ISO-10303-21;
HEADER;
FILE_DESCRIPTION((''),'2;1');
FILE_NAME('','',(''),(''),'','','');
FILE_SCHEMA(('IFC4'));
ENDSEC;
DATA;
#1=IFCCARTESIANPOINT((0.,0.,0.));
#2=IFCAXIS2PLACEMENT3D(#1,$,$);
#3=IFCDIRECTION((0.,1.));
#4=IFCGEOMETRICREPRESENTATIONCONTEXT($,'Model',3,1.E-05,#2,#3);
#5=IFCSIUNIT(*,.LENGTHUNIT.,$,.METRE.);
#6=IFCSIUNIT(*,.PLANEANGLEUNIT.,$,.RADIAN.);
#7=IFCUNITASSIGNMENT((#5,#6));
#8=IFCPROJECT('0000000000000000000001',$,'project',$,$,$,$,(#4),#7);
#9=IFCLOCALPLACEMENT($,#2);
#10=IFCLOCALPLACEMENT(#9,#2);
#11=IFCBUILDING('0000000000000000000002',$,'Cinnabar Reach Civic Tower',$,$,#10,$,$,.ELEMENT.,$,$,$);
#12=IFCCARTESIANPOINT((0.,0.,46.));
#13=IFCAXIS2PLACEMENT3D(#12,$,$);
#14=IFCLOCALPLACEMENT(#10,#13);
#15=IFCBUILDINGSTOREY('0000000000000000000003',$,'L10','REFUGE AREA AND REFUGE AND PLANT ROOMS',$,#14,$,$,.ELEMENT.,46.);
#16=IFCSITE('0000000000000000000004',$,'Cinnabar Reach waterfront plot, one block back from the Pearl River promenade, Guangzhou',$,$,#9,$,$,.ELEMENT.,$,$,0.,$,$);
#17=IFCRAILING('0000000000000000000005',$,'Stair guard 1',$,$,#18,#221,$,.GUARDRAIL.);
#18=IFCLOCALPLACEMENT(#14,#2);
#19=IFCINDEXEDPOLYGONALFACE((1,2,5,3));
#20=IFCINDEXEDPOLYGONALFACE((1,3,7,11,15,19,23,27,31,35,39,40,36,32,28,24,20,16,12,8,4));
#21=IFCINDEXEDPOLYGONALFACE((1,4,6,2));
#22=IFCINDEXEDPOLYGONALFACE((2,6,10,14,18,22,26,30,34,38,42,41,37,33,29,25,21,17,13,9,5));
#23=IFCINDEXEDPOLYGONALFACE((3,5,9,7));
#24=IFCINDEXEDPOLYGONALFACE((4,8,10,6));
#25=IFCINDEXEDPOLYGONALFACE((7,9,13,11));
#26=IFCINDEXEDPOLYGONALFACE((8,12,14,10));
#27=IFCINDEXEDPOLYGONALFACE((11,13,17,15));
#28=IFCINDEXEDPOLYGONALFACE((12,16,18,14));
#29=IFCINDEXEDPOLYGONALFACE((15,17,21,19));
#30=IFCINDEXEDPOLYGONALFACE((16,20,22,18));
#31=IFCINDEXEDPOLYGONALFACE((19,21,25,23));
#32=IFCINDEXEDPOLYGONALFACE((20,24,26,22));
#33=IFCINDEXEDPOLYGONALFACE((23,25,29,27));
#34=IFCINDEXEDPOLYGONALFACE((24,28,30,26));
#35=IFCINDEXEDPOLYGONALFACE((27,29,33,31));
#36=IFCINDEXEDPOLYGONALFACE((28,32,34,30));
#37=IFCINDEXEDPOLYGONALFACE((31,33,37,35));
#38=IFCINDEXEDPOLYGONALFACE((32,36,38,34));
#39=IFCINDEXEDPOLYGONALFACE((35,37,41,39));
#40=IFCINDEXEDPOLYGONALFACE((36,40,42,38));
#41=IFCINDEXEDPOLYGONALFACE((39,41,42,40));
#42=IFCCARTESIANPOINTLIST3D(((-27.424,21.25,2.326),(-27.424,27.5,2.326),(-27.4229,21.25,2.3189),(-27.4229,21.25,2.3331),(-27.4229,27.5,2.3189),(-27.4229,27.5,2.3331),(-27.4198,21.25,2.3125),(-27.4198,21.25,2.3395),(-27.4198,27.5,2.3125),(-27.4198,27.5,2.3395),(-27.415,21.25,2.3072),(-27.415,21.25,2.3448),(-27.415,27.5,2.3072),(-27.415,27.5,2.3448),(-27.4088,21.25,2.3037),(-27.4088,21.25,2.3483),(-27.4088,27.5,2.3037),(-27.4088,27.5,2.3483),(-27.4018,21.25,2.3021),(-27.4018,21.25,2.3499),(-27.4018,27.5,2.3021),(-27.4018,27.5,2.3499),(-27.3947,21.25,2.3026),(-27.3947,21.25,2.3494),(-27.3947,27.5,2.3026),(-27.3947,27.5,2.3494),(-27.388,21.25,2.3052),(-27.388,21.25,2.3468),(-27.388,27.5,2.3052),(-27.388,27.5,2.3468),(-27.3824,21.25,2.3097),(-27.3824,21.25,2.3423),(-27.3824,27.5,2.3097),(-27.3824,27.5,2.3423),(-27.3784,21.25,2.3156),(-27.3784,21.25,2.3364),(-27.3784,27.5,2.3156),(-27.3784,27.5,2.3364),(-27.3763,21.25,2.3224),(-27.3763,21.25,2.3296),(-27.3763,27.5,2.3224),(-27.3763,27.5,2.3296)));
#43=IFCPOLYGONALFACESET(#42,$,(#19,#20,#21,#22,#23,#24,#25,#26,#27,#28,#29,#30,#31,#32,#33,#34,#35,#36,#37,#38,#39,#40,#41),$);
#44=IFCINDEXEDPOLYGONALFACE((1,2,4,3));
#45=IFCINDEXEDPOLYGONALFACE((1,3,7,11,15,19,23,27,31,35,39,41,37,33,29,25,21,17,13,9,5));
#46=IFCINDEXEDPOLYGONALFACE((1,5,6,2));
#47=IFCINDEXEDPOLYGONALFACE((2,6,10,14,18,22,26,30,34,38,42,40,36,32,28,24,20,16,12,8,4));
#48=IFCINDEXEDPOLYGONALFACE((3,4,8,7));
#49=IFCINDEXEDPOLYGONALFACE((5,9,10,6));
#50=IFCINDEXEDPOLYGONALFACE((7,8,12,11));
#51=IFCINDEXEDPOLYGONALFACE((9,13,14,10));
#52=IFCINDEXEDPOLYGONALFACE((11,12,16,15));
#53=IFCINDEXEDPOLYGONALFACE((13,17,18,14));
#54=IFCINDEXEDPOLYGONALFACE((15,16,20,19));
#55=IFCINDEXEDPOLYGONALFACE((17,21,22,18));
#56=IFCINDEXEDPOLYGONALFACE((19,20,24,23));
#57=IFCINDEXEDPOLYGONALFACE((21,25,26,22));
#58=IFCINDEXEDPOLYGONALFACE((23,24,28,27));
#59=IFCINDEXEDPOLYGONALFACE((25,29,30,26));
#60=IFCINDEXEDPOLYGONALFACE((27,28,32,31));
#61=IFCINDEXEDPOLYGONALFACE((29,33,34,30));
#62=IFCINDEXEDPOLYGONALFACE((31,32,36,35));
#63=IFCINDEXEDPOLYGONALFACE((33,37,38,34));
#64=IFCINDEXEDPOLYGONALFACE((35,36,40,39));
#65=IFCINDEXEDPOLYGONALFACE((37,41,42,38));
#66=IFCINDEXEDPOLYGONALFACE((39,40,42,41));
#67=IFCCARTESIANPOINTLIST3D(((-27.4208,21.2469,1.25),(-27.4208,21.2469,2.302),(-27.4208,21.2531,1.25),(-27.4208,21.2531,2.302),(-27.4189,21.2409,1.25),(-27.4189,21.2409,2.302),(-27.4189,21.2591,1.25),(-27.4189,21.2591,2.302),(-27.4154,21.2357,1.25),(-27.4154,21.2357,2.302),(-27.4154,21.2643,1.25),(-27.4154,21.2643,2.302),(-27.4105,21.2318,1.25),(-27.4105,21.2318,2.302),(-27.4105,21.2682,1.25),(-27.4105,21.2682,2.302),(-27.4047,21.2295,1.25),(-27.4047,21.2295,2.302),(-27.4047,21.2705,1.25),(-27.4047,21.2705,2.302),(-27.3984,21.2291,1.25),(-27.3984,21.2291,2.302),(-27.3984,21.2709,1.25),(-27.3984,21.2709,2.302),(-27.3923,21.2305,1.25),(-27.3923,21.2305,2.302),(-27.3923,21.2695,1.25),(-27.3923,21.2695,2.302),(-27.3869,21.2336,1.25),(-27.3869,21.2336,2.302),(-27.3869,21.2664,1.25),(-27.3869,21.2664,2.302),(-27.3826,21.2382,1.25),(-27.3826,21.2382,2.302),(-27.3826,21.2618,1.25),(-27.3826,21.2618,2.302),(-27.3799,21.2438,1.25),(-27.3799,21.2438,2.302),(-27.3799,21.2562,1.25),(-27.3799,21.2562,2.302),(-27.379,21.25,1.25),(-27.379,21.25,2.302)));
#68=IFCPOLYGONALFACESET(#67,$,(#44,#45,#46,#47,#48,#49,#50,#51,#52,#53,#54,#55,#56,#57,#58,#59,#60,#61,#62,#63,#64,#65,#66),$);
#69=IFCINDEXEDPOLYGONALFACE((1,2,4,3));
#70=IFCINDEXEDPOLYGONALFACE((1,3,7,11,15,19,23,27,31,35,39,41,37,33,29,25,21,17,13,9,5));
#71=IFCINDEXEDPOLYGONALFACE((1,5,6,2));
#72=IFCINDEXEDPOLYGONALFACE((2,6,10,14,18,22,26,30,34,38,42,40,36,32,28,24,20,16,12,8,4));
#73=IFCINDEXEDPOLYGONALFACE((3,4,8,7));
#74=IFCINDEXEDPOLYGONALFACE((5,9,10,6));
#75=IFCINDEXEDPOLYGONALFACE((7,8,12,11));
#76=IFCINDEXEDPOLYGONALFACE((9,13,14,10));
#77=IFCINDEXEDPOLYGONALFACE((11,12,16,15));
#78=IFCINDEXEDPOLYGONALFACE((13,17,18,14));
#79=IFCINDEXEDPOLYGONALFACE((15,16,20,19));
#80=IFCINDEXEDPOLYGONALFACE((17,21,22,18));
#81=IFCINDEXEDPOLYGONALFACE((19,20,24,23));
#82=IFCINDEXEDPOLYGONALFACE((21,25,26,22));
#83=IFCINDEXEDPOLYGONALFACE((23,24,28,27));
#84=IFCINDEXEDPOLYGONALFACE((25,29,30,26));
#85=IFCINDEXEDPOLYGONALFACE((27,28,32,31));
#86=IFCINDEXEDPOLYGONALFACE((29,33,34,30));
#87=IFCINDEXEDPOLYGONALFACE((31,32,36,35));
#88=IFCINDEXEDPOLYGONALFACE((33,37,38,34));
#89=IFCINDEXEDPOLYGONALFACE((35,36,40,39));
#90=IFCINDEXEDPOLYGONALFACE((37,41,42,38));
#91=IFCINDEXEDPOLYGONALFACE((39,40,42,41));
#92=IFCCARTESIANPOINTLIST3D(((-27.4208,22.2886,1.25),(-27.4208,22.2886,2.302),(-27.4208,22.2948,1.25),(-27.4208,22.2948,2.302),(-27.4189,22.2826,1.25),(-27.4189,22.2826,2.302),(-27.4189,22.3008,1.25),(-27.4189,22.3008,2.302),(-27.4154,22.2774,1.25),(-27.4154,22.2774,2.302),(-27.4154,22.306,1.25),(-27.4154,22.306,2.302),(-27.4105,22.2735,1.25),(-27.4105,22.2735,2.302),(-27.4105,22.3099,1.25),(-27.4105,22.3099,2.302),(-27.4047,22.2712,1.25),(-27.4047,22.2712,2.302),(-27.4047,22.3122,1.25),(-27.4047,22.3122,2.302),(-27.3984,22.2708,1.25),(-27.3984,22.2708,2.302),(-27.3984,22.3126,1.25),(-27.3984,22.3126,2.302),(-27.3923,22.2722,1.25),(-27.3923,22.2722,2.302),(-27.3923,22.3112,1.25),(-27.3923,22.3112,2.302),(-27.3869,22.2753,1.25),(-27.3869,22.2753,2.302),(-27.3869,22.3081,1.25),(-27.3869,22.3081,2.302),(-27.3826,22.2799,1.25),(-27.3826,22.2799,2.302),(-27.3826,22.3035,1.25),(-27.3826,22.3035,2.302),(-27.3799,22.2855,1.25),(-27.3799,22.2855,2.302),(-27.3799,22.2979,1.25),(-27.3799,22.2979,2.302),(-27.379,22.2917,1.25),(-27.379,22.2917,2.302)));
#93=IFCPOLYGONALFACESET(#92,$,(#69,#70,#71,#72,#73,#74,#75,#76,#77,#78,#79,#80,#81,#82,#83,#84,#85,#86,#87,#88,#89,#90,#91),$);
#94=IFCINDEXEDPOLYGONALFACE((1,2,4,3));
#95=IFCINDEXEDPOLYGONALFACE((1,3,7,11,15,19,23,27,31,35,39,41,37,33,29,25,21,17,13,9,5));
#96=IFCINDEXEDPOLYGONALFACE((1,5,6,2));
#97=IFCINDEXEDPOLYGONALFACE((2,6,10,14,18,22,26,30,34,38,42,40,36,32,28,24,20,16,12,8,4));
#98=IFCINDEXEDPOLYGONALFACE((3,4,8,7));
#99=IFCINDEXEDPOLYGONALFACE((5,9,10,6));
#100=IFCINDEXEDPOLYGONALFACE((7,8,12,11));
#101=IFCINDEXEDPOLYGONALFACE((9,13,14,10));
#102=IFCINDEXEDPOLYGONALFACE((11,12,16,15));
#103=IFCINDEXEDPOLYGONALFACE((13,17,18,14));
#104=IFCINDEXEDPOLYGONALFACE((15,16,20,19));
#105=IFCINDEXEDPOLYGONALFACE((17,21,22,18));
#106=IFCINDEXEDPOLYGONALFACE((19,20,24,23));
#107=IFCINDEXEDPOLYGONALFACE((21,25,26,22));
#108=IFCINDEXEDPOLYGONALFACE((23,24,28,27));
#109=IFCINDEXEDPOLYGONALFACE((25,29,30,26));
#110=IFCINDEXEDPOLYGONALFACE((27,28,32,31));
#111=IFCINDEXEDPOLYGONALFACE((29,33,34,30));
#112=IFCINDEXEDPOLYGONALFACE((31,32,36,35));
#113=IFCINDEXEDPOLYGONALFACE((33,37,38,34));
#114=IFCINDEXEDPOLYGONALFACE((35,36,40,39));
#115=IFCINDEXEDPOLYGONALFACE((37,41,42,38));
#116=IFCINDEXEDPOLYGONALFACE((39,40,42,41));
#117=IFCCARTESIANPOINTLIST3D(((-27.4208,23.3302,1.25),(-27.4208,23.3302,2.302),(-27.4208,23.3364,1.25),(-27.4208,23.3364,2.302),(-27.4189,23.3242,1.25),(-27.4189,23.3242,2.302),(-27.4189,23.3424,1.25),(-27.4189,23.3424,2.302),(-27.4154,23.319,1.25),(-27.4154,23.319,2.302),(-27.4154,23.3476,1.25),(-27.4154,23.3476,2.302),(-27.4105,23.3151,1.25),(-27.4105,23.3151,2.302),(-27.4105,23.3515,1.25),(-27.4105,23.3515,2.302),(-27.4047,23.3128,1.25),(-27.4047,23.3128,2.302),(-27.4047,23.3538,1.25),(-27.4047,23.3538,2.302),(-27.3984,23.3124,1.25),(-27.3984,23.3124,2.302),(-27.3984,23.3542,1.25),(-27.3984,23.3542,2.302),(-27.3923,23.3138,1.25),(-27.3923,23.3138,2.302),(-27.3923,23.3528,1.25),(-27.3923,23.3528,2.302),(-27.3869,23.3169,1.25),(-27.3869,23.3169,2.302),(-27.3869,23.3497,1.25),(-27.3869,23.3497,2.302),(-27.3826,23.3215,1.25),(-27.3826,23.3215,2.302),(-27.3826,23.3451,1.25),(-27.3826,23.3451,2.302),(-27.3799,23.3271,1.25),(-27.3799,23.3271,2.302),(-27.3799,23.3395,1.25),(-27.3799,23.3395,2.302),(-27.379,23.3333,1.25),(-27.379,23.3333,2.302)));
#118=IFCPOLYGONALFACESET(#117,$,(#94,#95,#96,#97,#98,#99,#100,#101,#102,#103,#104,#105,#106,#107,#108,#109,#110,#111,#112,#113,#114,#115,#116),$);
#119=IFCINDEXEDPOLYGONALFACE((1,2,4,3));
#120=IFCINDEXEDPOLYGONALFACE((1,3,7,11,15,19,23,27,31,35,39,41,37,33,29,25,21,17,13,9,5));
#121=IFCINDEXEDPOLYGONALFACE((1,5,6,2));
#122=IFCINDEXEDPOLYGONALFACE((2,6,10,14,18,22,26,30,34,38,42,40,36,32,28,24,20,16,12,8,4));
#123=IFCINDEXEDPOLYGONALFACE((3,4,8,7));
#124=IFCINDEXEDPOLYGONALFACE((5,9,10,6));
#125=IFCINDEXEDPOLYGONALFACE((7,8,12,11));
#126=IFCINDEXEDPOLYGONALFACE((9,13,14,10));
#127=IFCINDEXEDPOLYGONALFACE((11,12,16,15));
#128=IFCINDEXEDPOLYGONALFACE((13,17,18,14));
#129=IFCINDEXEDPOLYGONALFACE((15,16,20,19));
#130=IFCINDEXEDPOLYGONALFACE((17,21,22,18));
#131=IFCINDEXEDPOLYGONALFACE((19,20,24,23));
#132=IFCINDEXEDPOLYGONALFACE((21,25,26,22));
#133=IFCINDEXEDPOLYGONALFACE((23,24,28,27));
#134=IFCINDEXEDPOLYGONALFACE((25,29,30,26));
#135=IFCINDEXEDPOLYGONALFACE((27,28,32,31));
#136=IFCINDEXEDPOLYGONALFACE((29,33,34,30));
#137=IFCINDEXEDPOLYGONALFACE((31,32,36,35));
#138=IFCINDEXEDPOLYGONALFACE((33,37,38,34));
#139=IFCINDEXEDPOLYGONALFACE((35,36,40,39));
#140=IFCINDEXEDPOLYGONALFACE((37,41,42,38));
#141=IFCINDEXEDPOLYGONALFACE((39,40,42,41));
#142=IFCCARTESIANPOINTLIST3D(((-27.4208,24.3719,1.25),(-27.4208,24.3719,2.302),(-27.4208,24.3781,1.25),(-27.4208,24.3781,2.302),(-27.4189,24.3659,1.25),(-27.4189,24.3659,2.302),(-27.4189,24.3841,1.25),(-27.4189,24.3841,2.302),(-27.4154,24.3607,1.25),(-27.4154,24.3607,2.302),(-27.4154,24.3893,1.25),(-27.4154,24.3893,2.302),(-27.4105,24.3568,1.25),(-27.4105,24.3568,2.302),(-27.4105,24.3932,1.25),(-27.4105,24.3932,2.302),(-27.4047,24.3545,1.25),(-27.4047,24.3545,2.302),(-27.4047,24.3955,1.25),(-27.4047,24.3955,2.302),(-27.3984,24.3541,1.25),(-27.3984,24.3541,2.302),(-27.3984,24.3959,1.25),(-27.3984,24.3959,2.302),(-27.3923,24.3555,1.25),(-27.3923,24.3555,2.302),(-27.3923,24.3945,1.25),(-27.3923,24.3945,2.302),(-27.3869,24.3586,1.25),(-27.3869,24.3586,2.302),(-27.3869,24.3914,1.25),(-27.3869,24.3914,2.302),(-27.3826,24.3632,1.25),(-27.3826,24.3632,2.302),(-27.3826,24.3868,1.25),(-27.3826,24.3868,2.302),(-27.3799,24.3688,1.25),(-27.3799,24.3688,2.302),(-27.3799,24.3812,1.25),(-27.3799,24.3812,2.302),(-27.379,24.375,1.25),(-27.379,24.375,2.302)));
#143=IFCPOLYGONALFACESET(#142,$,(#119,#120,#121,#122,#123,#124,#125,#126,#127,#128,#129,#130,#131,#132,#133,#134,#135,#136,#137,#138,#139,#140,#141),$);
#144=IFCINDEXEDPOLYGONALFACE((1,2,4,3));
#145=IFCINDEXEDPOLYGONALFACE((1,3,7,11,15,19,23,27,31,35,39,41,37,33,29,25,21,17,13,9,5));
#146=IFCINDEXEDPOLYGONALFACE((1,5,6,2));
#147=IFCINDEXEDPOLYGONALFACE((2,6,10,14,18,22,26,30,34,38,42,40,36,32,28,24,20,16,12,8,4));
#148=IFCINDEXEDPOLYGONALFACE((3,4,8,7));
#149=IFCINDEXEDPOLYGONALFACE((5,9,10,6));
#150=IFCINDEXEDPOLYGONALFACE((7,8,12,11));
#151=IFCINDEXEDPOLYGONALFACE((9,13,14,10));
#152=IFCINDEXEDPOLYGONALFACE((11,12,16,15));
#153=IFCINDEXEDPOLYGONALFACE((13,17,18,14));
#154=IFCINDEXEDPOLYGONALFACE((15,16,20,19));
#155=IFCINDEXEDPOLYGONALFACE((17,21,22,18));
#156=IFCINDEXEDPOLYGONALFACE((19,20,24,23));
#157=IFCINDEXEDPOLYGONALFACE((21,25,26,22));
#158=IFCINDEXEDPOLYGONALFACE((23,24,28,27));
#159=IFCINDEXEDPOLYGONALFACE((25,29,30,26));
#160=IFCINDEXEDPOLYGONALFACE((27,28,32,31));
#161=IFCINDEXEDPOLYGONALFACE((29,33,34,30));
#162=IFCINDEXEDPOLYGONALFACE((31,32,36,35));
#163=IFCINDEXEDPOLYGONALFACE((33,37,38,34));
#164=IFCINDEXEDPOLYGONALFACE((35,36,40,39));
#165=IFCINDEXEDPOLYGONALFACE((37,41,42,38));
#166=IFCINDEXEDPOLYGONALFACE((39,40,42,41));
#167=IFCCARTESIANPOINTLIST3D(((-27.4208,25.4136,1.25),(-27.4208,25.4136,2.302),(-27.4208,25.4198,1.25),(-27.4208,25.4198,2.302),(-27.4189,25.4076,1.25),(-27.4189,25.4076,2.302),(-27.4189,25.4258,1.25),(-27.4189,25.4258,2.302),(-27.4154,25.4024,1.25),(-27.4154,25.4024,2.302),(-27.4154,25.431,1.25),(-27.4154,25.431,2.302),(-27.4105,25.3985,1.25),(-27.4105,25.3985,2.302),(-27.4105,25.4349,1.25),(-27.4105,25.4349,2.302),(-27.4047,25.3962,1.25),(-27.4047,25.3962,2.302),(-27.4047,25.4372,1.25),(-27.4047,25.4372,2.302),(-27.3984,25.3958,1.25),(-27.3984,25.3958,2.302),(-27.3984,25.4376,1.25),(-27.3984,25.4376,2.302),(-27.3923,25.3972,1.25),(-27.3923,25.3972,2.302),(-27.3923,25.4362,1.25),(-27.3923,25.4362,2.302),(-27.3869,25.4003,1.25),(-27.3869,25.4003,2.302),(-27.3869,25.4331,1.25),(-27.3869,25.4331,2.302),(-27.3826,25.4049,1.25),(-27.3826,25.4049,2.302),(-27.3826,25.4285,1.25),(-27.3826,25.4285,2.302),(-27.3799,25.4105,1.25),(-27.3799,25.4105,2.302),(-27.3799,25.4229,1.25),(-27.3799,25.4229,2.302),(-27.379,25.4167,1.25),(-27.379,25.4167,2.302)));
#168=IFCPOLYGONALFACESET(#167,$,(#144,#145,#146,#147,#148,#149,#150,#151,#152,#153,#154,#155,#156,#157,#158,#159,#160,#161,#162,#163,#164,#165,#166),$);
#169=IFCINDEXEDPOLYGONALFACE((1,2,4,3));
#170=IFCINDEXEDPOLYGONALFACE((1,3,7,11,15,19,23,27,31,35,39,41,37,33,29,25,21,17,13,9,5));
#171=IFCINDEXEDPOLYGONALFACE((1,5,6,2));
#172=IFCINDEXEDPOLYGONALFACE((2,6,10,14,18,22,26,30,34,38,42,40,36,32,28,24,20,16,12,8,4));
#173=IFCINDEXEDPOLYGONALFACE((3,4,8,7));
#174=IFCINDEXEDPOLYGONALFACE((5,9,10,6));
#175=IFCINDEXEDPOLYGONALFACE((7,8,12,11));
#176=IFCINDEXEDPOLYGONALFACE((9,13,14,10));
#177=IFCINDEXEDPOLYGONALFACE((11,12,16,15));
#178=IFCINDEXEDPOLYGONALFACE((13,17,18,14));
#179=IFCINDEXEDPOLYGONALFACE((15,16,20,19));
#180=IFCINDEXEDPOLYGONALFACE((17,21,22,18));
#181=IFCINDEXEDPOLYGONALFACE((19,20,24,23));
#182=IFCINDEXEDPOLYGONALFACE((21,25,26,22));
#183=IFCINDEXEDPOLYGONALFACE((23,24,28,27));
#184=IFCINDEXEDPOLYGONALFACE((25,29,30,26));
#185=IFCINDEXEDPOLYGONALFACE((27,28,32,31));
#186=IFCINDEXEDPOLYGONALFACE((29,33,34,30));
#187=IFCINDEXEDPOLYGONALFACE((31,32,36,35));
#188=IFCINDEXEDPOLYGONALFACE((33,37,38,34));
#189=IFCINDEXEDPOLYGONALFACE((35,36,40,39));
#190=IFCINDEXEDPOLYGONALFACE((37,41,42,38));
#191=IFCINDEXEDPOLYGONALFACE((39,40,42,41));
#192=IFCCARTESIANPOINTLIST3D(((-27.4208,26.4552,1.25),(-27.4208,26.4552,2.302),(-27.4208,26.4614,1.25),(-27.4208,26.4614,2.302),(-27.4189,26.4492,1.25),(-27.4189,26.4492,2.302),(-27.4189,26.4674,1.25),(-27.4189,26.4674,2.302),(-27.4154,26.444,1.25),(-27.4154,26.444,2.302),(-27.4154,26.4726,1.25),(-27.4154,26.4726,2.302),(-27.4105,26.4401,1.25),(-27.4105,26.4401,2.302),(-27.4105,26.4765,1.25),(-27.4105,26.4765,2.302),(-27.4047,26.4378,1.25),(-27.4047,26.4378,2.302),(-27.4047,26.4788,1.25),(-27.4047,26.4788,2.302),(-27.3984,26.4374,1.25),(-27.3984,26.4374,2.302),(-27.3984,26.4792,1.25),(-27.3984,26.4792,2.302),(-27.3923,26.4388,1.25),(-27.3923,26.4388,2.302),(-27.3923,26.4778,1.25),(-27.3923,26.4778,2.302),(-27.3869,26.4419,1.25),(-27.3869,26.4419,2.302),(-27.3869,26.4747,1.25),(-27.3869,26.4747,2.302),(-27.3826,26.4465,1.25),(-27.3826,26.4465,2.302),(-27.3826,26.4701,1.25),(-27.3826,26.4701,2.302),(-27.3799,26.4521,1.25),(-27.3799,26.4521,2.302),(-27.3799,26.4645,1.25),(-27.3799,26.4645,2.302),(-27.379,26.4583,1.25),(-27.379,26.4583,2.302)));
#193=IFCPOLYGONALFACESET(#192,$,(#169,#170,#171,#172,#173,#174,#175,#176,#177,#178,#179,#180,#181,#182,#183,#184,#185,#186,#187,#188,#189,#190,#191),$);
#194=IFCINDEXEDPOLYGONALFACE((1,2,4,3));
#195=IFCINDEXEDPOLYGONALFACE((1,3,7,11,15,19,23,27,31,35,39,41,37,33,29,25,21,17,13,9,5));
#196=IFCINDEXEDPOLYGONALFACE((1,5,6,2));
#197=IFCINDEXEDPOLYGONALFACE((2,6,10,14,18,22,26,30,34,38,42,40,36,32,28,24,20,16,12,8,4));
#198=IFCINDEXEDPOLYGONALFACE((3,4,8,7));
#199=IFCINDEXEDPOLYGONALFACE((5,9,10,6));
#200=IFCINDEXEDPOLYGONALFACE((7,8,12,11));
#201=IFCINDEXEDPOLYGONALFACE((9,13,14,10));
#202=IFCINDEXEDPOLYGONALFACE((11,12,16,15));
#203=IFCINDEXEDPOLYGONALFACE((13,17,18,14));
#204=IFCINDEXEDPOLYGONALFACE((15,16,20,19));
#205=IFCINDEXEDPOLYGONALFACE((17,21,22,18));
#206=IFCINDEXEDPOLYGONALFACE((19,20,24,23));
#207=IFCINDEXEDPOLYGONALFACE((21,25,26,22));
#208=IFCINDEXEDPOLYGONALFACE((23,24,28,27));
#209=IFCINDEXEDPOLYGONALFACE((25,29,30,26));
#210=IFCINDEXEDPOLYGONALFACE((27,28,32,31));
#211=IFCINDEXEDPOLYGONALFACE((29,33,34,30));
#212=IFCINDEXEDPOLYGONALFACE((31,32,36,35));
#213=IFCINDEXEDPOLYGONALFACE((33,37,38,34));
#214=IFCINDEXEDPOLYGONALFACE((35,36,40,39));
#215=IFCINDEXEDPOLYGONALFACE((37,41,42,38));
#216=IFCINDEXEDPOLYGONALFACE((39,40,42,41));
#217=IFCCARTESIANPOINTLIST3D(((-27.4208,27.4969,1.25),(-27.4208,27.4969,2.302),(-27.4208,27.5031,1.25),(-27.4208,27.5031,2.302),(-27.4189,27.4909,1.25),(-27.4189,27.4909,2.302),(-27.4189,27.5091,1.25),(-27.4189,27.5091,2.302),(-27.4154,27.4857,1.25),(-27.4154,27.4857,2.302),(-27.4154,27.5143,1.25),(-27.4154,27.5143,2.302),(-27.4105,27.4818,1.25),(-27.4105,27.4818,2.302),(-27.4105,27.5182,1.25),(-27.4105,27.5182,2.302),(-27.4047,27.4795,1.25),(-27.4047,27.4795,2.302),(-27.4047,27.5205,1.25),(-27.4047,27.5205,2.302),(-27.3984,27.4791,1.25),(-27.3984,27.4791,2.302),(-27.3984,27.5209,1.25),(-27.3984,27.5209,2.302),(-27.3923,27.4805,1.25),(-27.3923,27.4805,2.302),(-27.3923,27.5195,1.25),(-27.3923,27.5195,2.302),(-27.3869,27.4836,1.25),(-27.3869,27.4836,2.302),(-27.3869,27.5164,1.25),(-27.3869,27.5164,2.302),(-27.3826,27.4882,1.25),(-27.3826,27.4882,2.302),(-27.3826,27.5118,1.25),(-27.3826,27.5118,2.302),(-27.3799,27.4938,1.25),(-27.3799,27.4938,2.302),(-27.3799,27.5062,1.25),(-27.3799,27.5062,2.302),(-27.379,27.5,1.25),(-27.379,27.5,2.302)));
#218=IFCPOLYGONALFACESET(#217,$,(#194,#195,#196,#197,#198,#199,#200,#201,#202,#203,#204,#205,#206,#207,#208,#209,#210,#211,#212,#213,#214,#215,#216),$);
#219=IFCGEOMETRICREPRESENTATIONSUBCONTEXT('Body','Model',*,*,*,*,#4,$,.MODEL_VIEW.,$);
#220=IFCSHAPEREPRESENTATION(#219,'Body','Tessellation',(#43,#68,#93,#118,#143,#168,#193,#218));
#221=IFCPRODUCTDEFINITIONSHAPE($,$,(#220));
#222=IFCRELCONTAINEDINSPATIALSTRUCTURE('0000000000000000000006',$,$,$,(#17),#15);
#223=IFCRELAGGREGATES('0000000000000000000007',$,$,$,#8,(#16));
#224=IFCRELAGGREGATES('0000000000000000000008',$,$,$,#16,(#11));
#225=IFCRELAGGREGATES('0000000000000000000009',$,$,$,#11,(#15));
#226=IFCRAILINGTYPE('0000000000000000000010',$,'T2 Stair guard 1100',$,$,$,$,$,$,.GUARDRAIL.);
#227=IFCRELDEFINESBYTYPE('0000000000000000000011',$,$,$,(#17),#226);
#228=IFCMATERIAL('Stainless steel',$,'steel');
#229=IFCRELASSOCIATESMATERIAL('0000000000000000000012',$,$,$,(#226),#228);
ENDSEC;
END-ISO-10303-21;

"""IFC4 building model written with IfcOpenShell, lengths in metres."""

from ifc_helpers import new_model, si_unit, direction, frame, origin, origin_2d, place, context, subcontext, project, spatial, circle, extrude, material, type_object, element, save


model = new_model("IFC4")

# Units and contexts
model_context = context("Model", 3, precision=1e-05, world=origin(), true_north=direction((0.0, 1.0)))
body_context = subcontext(model_context, "Body", "Model", "MODEL_VIEW")
ifc_project = project(units=[si_unit("LENGTHUNIT", "METRE"), si_unit("PLANEANGLEUNIT", "RADIAN")], contexts=[model_context])

# Site, building, storey
site_placement = place(None, origin())
site = spatial("IfcSite", under=ifc_project, at=site_placement, Name="Cinnabar Reach waterfront plot, one block back from the Pearl River promenade, Guangzhou", CompositionType="ELEMENT", RefElevation=0.0)
building_placement = place(site_placement, origin())
building = spatial("IfcBuilding", under=site, at=building_placement, Name="Cinnabar Reach Civic Tower", CompositionType="ELEMENT")
storey_placement = place(building_placement, frame((0.0, 0.0, 46.0)))
storey = spatial("IfcBuildingStorey", under=building, at=storey_placement, Name="L10", Description="REFUGE AREA AND REFUGE AND PLANT ROOMS", CompositionType="ELEMENT", Elevation=46.0)

# Railing
ifc_material_1 = material(Name="Stainless steel", Category="steel")
railing_type = type_object("IfcRailingType", Name="T2 Stair guard 1100", PredefinedType="GUARDRAIL", material=ifc_material_1)
for number, where, name in (
    (1, (-27.4, 21.25, 1.25), "Stair guard 1"),
):
    element("IfcRailing", number, at=place(storey_placement, frame(where)), inside=storey, type_object=railing_type, Name=name, PredefinedType="GUARDRAIL", context=body_context, shape_type="SweptSolid", body=[
        extrude(circle(Radius=0.024, at=origin_2d()), frame((0.0, 0.0, 1.076), z_axis=(0.0, 1.0, 0.0), x_axis=(-1.0, 0.0, 0.0)), (0.0, 0.0, 1.0), 6.25),
        extrude(circle(Radius=0.021, at=origin_2d()), origin(), (0.0, 0.0, 1.0), 1.052),
        extrude(circle(Radius=0.021, at=origin_2d()), frame((0.0, 1.0417, 0.0)), (0.0, 0.0, 1.0), 1.052),
        extrude(circle(Radius=0.021, at=origin_2d()), frame((0.0, 2.0833, 0.0)), (0.0, 0.0, 1.0), 1.052),
        extrude(circle(Radius=0.021, at=origin_2d()), frame((0.0, 3.125, 0.0)), (0.0, 0.0, 1.0), 1.052),
        extrude(circle(Radius=0.021, at=origin_2d()), frame((0.0, 4.1667, 0.0)), (0.0, 0.0, 1.0), 1.052),
        extrude(circle(Radius=0.021, at=origin_2d()), frame((0.0, 5.2083, 0.0)), (0.0, 0.0, 1.0), 1.052),
        extrude(circle(Radius=0.021, at=origin_2d()), frame((0.0, 6.25, 0.0)), (0.0, 0.0, 1.0), 1.052),
    ])

save(model, "model.ifc")
